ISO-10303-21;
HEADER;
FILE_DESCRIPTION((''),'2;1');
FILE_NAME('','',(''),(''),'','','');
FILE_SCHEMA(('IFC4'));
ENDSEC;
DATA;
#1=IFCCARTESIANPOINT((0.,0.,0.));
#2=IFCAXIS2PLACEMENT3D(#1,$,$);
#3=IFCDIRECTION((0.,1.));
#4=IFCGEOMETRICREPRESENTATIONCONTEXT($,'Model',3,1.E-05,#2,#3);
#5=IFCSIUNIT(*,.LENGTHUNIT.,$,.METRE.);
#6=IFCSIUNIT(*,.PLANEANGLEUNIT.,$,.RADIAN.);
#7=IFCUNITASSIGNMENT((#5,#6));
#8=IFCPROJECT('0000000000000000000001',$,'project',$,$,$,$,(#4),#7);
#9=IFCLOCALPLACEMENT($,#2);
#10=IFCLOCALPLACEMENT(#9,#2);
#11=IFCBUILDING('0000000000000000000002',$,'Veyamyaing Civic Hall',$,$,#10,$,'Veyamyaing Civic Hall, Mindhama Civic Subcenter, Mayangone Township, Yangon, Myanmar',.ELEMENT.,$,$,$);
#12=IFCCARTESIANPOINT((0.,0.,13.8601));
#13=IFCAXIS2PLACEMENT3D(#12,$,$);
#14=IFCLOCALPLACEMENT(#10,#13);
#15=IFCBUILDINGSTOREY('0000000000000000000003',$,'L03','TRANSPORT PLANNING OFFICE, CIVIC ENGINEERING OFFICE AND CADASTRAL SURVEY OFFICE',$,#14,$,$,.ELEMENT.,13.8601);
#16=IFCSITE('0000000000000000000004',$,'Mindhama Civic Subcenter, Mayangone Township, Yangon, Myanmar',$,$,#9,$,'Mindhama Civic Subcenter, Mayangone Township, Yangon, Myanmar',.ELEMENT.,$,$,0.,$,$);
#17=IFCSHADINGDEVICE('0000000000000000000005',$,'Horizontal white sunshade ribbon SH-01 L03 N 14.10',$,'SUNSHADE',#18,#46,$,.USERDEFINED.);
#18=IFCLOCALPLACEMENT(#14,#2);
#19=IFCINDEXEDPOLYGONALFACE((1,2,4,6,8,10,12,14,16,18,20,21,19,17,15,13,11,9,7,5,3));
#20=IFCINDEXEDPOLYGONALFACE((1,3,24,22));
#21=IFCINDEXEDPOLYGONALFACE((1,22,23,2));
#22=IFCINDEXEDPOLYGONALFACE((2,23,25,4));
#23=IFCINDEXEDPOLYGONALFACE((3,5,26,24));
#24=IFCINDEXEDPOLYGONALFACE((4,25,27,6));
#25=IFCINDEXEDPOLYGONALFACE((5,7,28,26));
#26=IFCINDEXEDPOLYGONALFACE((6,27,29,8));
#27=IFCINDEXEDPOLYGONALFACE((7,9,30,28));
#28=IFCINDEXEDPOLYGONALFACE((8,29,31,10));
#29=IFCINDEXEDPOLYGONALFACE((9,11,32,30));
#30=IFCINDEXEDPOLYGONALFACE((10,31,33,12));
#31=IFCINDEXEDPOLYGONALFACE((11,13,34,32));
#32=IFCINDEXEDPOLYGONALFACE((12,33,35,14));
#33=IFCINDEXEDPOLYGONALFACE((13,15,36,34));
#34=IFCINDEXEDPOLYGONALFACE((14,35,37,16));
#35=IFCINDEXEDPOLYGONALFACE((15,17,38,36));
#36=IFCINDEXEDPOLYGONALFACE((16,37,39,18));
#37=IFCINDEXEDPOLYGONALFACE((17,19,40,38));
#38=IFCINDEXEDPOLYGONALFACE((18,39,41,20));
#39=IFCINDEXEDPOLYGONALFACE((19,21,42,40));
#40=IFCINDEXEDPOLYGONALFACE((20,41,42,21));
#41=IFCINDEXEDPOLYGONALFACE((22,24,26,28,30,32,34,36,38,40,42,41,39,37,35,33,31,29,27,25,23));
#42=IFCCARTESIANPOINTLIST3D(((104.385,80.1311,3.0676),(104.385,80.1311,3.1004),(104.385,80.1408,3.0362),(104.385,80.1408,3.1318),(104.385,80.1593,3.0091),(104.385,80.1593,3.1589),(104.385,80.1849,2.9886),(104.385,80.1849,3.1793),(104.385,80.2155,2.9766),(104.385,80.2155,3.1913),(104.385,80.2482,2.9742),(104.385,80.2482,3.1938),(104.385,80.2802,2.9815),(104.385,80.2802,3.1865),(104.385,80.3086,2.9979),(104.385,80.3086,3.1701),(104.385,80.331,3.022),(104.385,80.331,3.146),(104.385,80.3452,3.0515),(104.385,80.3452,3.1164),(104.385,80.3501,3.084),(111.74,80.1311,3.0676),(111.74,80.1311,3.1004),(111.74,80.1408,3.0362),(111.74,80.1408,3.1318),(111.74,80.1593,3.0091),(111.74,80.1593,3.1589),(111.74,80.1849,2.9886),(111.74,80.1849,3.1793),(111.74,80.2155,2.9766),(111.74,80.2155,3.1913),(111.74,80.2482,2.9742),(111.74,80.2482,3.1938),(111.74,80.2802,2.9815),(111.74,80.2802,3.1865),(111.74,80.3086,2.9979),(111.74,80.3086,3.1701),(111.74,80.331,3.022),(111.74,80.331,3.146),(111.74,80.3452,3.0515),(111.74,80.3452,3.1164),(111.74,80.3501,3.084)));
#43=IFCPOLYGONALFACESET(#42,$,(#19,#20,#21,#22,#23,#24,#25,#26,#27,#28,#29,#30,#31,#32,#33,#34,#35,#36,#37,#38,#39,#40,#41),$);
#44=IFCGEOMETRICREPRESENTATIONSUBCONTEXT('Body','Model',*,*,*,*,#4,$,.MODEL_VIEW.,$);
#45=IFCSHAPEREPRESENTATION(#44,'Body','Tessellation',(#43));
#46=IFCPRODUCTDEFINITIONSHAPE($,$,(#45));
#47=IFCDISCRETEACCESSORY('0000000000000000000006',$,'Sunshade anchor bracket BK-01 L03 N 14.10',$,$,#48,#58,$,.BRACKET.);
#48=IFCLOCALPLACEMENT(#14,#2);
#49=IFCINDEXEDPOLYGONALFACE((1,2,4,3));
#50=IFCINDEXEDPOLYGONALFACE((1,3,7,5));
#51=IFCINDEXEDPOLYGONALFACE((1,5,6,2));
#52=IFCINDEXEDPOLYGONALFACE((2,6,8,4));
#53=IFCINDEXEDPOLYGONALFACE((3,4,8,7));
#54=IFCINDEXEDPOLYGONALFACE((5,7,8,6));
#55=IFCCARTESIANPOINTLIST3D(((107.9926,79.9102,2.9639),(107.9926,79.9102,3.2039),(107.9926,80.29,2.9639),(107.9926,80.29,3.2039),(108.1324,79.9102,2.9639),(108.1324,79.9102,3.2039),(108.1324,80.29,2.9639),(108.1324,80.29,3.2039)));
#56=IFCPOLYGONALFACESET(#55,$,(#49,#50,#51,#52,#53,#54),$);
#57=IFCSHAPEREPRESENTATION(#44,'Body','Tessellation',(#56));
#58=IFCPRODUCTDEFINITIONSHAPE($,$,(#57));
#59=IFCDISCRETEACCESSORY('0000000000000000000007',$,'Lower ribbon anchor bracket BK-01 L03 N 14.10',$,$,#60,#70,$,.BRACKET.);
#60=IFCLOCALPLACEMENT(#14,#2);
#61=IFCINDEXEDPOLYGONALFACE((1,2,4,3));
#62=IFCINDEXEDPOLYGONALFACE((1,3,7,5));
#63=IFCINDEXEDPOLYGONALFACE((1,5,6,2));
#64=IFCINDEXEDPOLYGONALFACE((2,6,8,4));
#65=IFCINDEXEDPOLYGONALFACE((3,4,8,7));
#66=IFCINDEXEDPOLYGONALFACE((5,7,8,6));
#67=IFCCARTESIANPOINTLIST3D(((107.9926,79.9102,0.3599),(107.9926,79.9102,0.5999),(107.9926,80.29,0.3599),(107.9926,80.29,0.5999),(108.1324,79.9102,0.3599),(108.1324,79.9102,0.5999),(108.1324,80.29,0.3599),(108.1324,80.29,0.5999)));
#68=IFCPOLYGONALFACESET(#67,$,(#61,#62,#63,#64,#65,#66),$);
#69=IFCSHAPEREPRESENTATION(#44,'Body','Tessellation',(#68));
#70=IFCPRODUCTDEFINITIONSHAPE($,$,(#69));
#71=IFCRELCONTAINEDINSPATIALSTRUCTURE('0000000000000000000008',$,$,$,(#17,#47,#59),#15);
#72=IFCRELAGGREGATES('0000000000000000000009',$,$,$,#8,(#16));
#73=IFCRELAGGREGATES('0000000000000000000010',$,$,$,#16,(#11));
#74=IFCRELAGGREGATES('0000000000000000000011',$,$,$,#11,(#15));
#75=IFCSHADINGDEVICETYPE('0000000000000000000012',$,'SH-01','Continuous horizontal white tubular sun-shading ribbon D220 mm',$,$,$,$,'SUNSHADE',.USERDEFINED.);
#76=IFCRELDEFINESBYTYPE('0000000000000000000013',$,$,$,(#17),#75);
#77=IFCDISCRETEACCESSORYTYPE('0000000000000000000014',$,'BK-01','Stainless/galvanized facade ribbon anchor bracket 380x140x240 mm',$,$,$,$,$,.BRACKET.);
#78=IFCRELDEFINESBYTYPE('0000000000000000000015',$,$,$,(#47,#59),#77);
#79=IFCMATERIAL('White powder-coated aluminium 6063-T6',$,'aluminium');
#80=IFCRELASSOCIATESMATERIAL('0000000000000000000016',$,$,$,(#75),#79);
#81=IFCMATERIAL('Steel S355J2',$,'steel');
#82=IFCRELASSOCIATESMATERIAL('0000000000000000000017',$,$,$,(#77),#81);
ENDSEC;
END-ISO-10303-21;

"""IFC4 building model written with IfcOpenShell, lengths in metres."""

from ifc_helpers import new_model, si_unit, direction, frame, origin, origin_2d, place, context, subcontext, project, spatial, rectangle, circle, extrude, material, material_profile, profile_set, type_object, element, save


model = new_model("IFC4")

# Units and contexts
model_context = context("Model", 3, precision=1e-05, world=origin(), true_north=direction((0.0, 1.0)))
body_context = subcontext(model_context, "Body", "Model", "MODEL_VIEW")
ifc_project = project(units=[si_unit("LENGTHUNIT", "METRE"), si_unit("PLANEANGLEUNIT", "RADIAN")], contexts=[model_context])

# Site, building, storey
site_placement = place(None, origin())
site = spatial("IfcSite", under=ifc_project, at=site_placement, Name="Mindhama Civic Subcenter, Mayangone Township, Yangon, Myanmar", LongName="Mindhama Civic Subcenter, Mayangone Township, Yangon, Myanmar", CompositionType="ELEMENT", RefElevation=0.0)
building_placement = place(site_placement, origin())
building = spatial("IfcBuilding", under=site, at=building_placement, Name="Veyamyaing Civic Hall", LongName="Veyamyaing Civic Hall, Mindhama Civic Subcenter, Mayangone Township, Yangon, Myanmar", CompositionType="ELEMENT")
storey_placement = place(building_placement, frame((0.0, 0.0, 13.8601)))
storey = spatial("IfcBuildingStorey", under=building, at=storey_placement, Name="L03", Description="TRANSPORT PLANNING OFFICE, CIVIC ENGINEERING OFFICE AND CADASTRAL SURVEY OFFICE", CompositionType="ELEMENT", Elevation=13.8601)

# Shared definitions
ifc_material_1 = material(Name="White powder-coated aluminium 6063-T6", Category="aluminium")

# Shading device
ifc_material_profile_1 = material_profile(ifc_material_1, circle(Radius=0.1101, at=origin_2d()), Name="SHADE-TUBE-220")
ifc_profile_set_1 = profile_set([ifc_material_profile_1], Name="White powder-coated aluminium 6063-T6")
shading_device_type = type_object("IfcShadingDeviceType", Name="SH-01", Description="Continuous horizontal white tubular sun-shading ribbon D220 mm", ElementType="SUNSHADE", PredefinedType="USERDEFINED", material=ifc_profile_set_1)
shading_device_placement = place(storey_placement, frame((104.385, 80.24, 3.084), z_axis=(1.0, 0.0, 0.0), x_axis=(0.0, 1.0, 0.0)))
element("IfcShadingDevice", 1, at=shading_device_placement, inside=storey, type_object=shading_device_type, Name="Horizontal white sunshade ribbon SH-01 L03 N 14.10", ObjectType="SUNSHADE", PredefinedType="USERDEFINED", context=body_context, shape_type="SweptSolid", body=[
    extrude(circle(Radius=0.1101, at=origin_2d()), origin(), (0.0, 0.0, 1.0), 7.355),
])

# Discrete accessories
ifc_material_2 = material(Name="Steel S355J2", Category="steel")
discrete_accessory_type = type_object("IfcDiscreteAccessoryType", Name="BK-01", Description="Stainless/galvanized facade ribbon anchor bracket 380x140x240 mm", PredefinedType="BRACKET", material=ifc_material_2)
for number, where, z_axis, x_axis, name in (
    (2, (108.0625, 80.1001, 2.9639), (0.0, 0.0, 1.0), (0.0, 1.0, 0.0), "Sunshade anchor bracket BK-01 L03 N 14.10"),
    (3, (108.0625, 80.1001, 0.3599), (0.0, 0.0, 1.0), (0.0, 1.0, 0.0), "Lower ribbon anchor bracket BK-01 L03 N 14.10"),
):
    element("IfcDiscreteAccessory", number, at=place(storey_placement, frame(where, z_axis=z_axis, x_axis=x_axis)), inside=storey, type_object=discrete_accessory_type, Name=name, PredefinedType="BRACKET", context=body_context, shape_type="SweptSolid", body=[
        extrude(rectangle(XDim=0.3799, YDim=0.1399, at=origin_2d()), origin(), (0.0, 0.0, 1.0), 0.24),
    ])

save(model, "model.ifc")
